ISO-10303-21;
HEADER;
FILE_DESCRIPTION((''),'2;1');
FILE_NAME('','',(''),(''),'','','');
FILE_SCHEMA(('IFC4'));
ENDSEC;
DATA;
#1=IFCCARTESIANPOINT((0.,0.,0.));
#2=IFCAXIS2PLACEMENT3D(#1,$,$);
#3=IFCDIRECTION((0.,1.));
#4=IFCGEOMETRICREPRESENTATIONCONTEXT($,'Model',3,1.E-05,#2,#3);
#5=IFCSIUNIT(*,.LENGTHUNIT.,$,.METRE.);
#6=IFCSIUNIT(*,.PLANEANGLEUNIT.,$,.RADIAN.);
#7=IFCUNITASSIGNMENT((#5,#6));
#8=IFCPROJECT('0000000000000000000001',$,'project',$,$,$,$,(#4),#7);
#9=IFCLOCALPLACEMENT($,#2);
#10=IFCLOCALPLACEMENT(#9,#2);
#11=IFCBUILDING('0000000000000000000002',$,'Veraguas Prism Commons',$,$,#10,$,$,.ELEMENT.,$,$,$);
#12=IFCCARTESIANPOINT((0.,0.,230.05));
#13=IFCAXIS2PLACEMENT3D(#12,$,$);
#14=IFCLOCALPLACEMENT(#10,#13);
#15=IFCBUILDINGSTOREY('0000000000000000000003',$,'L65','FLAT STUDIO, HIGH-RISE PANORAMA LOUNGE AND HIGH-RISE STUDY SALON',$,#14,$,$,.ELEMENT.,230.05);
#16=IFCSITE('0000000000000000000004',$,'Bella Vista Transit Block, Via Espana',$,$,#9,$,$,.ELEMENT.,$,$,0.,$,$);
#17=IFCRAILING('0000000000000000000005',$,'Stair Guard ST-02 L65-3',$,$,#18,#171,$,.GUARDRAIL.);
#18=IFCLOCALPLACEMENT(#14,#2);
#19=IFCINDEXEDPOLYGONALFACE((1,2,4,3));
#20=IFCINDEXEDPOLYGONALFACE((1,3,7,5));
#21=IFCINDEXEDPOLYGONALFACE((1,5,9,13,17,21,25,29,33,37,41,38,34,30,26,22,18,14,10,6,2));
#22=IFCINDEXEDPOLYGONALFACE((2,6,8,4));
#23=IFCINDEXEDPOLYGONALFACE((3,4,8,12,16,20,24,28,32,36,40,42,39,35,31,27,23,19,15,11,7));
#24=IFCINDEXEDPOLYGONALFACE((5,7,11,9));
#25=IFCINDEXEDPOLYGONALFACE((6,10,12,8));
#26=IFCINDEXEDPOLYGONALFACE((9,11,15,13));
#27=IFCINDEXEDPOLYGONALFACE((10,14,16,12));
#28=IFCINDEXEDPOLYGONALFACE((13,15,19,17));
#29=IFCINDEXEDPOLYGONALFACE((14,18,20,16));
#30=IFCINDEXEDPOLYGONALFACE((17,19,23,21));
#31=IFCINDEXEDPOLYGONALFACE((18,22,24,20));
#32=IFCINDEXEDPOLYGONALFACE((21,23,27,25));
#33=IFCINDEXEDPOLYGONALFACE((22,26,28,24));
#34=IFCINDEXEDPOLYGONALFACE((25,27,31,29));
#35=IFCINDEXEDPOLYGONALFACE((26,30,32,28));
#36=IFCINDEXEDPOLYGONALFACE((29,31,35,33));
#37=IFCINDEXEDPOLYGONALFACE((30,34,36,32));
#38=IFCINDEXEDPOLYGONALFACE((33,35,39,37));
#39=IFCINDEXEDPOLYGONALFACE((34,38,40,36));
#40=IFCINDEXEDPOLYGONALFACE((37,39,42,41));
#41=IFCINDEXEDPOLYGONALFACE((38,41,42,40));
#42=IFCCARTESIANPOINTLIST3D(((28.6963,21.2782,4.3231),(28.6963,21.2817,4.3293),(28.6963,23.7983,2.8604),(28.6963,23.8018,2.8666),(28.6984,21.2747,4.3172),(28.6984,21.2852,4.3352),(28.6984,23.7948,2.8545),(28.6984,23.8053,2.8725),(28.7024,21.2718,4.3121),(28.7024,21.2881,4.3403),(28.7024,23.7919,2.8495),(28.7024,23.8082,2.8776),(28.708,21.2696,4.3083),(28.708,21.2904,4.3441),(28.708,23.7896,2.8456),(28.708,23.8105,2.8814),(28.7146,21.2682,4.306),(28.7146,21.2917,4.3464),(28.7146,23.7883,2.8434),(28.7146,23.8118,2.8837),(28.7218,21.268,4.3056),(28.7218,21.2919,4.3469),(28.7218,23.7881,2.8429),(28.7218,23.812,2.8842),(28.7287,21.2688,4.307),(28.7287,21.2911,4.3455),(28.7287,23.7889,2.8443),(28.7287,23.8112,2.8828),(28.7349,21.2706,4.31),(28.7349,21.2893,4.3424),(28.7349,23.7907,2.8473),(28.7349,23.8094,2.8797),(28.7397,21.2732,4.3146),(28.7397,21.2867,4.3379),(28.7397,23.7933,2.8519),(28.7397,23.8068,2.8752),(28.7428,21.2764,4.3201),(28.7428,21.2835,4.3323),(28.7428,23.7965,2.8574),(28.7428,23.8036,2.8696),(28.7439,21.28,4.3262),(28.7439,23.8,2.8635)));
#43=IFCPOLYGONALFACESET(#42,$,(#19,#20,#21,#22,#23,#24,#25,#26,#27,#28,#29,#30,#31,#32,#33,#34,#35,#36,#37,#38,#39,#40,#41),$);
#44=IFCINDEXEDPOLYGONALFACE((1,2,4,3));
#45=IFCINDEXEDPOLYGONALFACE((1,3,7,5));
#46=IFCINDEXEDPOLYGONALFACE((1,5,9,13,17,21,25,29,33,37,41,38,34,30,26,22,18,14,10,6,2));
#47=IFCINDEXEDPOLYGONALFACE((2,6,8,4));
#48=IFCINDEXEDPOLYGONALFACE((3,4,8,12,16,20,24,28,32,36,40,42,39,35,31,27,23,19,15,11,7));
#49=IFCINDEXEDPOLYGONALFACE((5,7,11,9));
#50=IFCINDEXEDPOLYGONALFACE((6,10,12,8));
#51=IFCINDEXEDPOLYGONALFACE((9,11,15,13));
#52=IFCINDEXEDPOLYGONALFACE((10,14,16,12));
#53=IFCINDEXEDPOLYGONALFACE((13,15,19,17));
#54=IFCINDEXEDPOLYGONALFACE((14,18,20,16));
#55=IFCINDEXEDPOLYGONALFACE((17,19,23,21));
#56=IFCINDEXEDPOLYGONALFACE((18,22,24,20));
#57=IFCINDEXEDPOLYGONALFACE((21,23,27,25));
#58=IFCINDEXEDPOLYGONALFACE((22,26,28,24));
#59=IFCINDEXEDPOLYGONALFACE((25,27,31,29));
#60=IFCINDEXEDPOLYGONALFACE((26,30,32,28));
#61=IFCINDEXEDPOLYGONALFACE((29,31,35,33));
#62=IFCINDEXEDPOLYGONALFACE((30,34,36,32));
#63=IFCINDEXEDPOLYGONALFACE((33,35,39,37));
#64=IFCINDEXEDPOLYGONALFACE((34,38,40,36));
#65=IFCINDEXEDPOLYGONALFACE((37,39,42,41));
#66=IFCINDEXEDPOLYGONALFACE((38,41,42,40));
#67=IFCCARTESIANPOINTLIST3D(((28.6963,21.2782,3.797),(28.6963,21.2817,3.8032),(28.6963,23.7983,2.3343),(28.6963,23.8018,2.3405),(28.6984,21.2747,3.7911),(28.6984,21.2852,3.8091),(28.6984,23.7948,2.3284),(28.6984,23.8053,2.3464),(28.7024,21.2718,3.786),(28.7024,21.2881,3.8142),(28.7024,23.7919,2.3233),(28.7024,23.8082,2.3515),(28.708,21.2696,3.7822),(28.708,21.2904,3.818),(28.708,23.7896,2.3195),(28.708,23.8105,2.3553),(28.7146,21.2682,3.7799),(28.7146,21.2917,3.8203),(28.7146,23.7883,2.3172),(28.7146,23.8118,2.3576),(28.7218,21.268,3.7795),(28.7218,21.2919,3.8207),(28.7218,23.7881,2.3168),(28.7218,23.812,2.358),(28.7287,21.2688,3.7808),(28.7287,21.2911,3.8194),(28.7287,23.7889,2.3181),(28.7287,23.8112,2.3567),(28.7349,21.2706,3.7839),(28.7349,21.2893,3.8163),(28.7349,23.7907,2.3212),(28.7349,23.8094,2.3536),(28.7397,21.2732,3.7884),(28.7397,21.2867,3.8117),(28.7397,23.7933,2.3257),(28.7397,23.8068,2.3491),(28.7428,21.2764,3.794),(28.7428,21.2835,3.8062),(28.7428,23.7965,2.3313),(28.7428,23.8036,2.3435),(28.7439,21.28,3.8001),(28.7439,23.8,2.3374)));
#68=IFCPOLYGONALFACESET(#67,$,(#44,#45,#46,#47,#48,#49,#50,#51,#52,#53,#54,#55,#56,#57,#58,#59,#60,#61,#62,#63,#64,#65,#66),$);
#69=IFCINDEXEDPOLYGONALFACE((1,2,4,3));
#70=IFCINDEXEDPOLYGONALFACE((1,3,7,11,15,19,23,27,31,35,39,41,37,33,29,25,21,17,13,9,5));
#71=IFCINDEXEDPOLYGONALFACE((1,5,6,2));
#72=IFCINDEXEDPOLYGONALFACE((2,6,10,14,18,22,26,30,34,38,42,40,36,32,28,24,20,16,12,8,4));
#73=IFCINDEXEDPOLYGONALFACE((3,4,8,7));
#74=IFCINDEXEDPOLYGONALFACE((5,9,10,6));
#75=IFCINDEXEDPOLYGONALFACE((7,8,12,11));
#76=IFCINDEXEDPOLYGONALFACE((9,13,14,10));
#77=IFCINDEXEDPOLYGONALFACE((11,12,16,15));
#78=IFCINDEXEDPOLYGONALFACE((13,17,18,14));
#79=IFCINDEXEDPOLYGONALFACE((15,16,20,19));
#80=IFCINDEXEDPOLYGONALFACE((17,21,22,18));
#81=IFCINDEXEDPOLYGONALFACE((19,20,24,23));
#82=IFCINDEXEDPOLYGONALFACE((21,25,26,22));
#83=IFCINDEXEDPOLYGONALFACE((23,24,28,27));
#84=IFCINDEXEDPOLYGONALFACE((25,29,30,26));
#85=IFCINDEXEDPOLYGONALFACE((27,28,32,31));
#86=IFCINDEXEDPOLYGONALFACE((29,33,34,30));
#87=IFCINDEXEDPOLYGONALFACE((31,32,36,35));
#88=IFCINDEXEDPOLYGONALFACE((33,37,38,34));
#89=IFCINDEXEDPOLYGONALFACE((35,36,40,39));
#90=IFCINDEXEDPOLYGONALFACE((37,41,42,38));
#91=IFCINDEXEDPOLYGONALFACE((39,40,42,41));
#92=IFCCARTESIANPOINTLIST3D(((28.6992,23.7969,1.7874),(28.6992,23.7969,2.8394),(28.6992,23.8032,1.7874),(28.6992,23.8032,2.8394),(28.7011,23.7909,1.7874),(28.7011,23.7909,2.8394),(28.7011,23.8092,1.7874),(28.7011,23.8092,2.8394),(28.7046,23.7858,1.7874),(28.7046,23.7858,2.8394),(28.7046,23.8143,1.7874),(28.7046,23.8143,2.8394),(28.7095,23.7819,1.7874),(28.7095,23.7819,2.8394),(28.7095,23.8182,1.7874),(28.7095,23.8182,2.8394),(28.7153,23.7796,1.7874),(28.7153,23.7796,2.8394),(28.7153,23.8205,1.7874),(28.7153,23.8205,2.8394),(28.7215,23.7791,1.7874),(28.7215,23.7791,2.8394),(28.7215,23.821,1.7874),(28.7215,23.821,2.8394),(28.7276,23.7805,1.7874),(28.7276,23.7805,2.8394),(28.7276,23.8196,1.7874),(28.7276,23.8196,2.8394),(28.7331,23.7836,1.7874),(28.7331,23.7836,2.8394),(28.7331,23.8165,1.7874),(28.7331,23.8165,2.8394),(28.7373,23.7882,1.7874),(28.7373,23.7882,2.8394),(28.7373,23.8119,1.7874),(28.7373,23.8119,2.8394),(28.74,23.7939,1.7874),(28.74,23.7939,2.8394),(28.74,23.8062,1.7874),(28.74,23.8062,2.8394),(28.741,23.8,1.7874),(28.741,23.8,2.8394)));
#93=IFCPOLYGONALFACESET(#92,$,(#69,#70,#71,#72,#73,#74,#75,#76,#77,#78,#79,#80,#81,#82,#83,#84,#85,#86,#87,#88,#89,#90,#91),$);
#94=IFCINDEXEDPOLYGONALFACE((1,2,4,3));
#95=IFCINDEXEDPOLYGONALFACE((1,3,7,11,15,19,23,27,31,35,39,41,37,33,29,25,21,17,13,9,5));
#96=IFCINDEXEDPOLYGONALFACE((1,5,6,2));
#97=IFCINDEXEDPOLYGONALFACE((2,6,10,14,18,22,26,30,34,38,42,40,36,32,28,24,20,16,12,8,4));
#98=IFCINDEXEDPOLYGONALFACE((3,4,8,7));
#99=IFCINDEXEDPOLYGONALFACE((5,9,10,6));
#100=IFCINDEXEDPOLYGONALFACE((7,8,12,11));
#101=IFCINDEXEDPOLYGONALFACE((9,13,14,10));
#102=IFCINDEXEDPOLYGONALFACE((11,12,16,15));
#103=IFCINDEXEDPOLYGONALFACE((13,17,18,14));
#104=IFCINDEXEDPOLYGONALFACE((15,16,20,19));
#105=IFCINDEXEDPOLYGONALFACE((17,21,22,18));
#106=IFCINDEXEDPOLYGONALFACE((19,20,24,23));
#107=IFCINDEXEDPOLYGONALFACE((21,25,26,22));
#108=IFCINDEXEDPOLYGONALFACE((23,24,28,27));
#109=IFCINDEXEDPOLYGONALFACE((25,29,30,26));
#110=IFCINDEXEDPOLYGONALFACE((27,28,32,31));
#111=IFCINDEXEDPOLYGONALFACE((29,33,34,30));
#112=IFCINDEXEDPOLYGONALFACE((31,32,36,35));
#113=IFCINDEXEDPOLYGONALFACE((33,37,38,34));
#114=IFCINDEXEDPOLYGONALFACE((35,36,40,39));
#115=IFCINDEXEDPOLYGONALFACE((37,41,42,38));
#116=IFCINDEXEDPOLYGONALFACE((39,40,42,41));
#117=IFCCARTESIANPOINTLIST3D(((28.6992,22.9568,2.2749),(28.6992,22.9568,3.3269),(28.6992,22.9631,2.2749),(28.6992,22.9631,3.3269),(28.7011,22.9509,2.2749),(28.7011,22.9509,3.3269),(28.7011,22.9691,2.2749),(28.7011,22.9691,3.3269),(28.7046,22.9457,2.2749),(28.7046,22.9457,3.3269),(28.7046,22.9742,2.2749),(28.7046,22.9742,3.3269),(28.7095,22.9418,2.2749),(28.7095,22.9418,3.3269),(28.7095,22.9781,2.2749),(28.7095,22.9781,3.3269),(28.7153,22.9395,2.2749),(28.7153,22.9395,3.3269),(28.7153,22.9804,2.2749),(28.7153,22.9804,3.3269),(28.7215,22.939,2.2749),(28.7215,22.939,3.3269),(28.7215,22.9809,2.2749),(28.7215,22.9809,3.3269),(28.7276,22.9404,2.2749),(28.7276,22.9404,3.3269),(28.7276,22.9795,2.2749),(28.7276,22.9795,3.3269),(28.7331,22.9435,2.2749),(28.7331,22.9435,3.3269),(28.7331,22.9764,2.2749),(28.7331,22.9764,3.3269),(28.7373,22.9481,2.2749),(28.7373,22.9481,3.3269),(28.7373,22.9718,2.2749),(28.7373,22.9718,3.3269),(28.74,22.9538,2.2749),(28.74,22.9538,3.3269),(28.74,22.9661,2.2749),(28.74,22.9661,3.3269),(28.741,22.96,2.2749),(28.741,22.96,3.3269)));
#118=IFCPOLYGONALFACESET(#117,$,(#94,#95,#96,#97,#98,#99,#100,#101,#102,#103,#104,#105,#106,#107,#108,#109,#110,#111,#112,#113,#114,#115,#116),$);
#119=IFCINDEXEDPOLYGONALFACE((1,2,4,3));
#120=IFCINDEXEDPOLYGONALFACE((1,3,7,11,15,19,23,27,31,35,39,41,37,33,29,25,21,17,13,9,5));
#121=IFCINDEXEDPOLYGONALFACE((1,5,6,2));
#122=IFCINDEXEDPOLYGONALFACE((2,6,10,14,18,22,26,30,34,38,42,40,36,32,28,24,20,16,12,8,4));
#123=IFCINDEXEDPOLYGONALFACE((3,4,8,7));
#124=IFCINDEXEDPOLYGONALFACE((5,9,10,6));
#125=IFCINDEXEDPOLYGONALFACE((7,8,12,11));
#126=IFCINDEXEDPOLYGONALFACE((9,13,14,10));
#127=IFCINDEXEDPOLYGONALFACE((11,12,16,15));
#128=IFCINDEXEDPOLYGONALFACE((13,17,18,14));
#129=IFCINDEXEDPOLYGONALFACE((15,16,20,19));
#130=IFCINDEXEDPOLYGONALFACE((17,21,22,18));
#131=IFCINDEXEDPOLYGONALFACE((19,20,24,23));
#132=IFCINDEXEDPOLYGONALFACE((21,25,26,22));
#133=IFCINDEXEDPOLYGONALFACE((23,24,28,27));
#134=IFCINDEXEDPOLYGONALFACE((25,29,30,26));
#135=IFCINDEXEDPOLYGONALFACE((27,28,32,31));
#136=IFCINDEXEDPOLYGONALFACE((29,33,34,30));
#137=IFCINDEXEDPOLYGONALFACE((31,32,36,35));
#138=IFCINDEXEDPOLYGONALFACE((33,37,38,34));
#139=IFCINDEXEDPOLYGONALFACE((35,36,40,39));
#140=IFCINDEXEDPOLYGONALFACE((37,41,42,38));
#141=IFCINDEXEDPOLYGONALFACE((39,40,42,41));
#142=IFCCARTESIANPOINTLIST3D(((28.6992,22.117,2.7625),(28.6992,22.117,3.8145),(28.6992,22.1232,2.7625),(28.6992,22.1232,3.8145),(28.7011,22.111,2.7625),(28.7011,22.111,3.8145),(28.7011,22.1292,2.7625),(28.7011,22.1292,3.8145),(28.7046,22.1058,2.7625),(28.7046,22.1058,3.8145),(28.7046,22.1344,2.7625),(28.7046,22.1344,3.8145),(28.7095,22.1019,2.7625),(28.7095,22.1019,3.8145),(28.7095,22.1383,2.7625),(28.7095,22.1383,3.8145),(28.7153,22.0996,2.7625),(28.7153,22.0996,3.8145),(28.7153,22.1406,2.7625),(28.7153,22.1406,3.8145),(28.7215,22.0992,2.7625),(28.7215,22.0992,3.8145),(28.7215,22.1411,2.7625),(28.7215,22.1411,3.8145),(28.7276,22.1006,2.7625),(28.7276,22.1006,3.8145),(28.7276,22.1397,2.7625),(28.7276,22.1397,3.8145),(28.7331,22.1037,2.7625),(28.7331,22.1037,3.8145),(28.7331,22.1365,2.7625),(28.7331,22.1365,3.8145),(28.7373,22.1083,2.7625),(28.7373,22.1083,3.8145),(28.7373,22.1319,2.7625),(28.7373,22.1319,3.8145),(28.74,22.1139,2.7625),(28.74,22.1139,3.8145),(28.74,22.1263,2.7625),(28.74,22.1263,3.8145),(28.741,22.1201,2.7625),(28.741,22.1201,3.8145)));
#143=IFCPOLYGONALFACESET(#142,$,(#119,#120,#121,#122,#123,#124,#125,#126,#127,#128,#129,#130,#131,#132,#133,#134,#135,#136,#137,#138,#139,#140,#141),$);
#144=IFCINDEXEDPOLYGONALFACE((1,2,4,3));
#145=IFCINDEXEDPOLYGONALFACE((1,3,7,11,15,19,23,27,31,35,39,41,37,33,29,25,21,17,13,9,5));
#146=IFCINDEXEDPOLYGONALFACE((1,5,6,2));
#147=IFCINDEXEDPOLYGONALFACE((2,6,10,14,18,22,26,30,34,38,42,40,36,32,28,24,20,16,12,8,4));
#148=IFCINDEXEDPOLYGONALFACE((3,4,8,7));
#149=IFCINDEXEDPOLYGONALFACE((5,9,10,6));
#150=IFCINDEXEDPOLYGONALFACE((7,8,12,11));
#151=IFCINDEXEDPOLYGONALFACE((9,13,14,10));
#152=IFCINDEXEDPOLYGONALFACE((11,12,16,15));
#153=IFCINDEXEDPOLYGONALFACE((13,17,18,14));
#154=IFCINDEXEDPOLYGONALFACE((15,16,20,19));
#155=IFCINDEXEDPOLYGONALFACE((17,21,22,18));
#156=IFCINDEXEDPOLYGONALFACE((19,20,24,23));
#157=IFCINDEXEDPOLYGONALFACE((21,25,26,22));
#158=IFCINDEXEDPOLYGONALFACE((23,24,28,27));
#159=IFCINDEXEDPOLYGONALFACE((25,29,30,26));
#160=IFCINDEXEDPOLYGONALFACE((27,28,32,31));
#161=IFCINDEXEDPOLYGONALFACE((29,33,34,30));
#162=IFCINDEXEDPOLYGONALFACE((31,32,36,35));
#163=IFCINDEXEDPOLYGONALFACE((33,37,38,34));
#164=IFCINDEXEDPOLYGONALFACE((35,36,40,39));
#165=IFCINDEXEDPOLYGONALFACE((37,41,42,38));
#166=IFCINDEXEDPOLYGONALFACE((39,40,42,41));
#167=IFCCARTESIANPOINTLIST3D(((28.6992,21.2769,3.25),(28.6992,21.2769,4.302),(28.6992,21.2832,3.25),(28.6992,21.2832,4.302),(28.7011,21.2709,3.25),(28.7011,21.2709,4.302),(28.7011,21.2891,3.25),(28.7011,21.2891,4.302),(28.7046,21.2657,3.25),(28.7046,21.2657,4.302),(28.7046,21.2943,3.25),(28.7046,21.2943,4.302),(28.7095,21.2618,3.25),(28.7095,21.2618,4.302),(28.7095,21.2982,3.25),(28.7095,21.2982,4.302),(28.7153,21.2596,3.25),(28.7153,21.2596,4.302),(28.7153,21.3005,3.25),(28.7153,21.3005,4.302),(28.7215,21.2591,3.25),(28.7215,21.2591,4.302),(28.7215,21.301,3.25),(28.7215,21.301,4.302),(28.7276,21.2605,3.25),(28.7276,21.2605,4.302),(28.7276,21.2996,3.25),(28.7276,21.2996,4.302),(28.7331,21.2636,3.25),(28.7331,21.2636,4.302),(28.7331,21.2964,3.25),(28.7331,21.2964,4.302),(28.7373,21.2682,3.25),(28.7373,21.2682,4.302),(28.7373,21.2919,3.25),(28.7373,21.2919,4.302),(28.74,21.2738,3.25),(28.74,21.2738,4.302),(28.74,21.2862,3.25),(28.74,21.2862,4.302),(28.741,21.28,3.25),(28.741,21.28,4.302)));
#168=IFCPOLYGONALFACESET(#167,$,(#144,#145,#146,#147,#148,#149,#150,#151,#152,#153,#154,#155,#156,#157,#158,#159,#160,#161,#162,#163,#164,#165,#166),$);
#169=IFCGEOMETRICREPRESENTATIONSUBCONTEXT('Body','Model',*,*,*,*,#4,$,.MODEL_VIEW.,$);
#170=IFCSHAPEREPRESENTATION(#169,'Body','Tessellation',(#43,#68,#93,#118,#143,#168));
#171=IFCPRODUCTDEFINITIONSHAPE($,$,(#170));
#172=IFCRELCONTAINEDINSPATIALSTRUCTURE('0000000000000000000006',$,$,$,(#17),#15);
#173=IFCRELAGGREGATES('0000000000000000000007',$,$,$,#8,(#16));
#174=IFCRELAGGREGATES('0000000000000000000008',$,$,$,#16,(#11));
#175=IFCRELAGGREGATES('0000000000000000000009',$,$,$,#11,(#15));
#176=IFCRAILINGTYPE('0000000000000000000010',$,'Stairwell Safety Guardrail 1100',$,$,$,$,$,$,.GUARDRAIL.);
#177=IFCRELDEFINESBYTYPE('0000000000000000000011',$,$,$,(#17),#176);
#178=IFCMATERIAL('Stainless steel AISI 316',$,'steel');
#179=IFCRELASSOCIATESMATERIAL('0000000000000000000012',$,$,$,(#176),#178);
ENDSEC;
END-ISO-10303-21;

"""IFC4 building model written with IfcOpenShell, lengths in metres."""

from ifc_helpers import new_model, si_unit, direction, frame, origin, origin_2d, place, context, subcontext, project, spatial, circle, extrude, material, type_object, element, save


model = new_model("IFC4")

# Units and contexts
model_context = context("Model", 3, precision=1e-05, world=origin(), true_north=direction((0.0, 1.0)))
body_context = subcontext(model_context, "Body", "Model", "MODEL_VIEW")
ifc_project = project(units=[si_unit("LENGTHUNIT", "METRE"), si_unit("PLANEANGLEUNIT", "RADIAN")], contexts=[model_context])

# Site, building, storey
site_placement = place(None, origin())
site = spatial("IfcSite", under=ifc_project, at=site_placement, Name="Bella Vista Transit Block, Via Espana", CompositionType="ELEMENT", RefElevation=0.0)
building_placement = place(site_placement, origin())
building = spatial("IfcBuilding", under=site, at=building_placement, Name="Veraguas Prism Commons", CompositionType="ELEMENT")
storey_placement = place(building_placement, frame((0.0, 0.0, 230.05)))
storey = spatial("IfcBuildingStorey", under=building, at=storey_placement, Name="L65", Description="FLAT STUDIO, HIGH-RISE PANORAMA LOUNGE AND HIGH-RISE STUDY SALON", CompositionType="ELEMENT", Elevation=230.05)

# Railing
ifc_material_1 = material(Name="Stainless steel AISI 316", Category="steel")
railing_type_1 = type_object("IfcRailingType", Name="Stairwell Safety Guardrail 1100", PredefinedType="GUARDRAIL", material=ifc_material_1)
railing_1_placement = place(storey_placement, frame((28.72, 23.8, 1.7874)))
element("IfcRailing", 1, at=railing_1_placement, inside=storey, type_object=railing_type_1, Name="Stair Guard ST-02 L65-3", PredefinedType="GUARDRAIL", context=body_context, shape_type="SweptSolid", body=[
    extrude(circle(Radius=0.0239, at=origin_2d()), frame((0.0, 0.0, 1.0762), z_axis=(0.0, -0.864877, 0.501984), x_axis=(1.0, 0.0, 0.0)), (0.0, 0.0, 1.0), 2.9138),
    extrude(circle(Radius=0.0239, at=origin_2d()), frame((0.0, 0.0, 0.55), z_axis=(0.0, -0.864877, 0.501984), x_axis=(1.0, 0.0, 0.0)), (0.0, 0.0, 1.0), 2.9138),
    extrude(circle(Radius=0.021, at=origin_2d()), origin(), (0.0, 0.0, 1.0), 1.052),
    extrude(circle(Radius=0.021, at=origin_2d()), frame((0.0, -0.8401, 0.4875)), (0.0, 0.0, 1.0), 1.052),
    extrude(circle(Radius=0.021, at=origin_2d()), frame((0.0, -1.6799, 0.9751)), (0.0, 0.0, 1.0), 1.052),
    extrude(circle(Radius=0.021, at=origin_2d()), frame((0.0, -2.52, 1.4626)), (0.0, 0.0, 1.0), 1.052),
])

save(model, "model.ifc")
